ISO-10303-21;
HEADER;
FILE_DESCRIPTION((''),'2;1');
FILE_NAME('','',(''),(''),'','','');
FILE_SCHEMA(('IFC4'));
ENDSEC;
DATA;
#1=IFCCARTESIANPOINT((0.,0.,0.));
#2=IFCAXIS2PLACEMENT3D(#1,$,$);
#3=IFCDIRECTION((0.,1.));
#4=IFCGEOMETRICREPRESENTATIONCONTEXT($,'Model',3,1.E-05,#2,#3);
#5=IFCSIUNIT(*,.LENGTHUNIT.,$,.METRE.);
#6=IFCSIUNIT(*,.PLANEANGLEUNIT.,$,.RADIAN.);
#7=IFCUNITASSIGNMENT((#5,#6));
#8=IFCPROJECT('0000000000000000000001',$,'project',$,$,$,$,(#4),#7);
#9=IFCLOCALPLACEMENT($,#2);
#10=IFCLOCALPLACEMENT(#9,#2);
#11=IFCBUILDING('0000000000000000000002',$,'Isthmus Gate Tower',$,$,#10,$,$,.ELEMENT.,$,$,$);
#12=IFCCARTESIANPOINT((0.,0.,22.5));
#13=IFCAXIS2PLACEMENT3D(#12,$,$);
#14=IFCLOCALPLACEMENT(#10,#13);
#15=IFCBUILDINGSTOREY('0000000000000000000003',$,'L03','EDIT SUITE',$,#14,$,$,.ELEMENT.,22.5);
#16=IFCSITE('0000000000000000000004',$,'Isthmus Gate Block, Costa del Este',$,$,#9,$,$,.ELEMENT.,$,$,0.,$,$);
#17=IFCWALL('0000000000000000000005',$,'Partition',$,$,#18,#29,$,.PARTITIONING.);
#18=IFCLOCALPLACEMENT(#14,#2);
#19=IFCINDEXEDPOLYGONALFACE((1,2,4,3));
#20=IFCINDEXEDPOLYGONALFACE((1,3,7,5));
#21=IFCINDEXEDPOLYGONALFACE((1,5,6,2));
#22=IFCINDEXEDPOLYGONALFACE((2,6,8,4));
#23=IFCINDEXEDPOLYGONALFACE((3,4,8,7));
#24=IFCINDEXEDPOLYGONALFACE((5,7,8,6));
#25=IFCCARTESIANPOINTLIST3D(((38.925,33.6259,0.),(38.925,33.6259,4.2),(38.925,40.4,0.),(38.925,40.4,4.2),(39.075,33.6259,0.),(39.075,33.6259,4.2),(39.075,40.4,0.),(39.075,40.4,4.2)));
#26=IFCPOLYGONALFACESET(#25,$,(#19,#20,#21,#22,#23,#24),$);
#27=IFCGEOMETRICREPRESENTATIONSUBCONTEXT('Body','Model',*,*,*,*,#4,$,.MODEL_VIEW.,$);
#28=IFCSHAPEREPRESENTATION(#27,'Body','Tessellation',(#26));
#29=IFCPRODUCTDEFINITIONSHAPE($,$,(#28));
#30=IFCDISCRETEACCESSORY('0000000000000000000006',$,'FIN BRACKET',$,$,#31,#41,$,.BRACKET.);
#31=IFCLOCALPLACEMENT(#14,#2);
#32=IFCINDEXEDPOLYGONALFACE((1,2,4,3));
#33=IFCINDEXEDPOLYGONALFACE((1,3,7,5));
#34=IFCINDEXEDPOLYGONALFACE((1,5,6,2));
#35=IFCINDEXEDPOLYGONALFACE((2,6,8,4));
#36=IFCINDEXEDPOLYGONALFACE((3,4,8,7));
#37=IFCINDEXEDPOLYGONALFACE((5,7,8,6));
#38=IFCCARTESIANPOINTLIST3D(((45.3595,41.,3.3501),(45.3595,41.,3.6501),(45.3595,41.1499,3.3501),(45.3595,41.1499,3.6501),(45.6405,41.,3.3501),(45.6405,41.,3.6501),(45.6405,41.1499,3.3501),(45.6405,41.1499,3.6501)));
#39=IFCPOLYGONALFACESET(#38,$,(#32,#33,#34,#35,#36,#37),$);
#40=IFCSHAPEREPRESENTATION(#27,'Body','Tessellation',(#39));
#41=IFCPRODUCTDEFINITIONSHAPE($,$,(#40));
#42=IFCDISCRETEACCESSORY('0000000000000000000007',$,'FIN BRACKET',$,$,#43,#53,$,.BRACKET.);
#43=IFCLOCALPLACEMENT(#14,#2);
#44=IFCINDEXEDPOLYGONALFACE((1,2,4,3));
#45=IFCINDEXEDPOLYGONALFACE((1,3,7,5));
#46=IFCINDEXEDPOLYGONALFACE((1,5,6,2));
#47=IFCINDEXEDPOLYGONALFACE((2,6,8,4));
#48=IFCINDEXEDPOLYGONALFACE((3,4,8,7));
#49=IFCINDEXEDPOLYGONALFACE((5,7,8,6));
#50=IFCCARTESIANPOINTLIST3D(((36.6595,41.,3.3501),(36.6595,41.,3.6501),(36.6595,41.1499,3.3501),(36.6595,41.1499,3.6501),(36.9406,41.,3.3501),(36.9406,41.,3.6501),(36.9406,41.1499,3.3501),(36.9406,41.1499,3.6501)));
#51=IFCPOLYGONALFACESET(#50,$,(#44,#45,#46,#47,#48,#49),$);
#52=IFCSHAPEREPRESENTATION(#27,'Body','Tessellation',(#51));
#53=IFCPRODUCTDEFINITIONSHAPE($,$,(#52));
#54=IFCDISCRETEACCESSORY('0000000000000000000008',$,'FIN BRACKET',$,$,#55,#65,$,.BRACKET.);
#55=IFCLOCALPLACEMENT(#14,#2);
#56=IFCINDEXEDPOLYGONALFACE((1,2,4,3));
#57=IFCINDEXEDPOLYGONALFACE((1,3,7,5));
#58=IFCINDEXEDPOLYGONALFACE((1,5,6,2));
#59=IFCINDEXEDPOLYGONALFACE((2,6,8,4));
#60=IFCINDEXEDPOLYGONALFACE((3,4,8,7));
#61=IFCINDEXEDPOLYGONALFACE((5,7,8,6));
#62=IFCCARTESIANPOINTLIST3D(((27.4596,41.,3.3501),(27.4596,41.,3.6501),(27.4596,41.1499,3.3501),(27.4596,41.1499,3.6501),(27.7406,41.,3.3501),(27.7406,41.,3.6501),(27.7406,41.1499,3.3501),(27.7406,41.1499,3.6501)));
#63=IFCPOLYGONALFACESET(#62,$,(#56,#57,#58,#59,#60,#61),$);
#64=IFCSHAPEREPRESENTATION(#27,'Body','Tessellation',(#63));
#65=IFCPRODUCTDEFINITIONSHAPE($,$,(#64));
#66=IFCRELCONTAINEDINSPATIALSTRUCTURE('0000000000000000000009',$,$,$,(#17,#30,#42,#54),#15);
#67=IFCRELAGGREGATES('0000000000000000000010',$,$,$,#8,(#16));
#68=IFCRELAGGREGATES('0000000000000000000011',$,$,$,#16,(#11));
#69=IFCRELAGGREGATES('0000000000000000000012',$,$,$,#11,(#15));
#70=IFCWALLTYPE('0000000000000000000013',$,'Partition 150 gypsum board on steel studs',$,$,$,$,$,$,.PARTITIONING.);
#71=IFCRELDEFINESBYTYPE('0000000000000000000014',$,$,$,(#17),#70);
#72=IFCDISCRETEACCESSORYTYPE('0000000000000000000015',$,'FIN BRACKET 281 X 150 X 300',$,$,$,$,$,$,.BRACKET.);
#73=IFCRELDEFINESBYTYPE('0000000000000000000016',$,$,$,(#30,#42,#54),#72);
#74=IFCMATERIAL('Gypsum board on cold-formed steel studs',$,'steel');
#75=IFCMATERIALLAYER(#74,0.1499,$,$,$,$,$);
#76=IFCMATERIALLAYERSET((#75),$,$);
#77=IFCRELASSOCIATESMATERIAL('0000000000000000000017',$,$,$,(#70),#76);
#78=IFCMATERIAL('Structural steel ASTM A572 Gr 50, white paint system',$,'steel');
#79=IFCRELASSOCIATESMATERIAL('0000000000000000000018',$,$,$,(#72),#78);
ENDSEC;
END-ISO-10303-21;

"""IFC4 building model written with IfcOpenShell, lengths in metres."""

from ifc_helpers import new_model, si_unit, direction, frame, frame_2d, origin, origin_2d, place, context, subcontext, project, spatial, rectangle, extrude, material, layer, layer_set, type_object, element, save


model = new_model("IFC4")

# Units and contexts
model_context = context("Model", 3, precision=1e-05, world=origin(), true_north=direction((0.0, 1.0)))
body_context = subcontext(model_context, "Body", "Model", "MODEL_VIEW")
ifc_project = project(units=[si_unit("LENGTHUNIT", "METRE"), si_unit("PLANEANGLEUNIT", "RADIAN")], contexts=[model_context])

# Site, building, storey
site_placement = place(None, origin())
site = spatial("IfcSite", under=ifc_project, at=site_placement, Name="Isthmus Gate Block, Costa del Este", CompositionType="ELEMENT", RefElevation=0.0)
building_placement = place(site_placement, origin())
building = spatial("IfcBuilding", under=site, at=building_placement, Name="Isthmus Gate Tower", CompositionType="ELEMENT")
storey_placement = place(building_placement, frame((0.0, 0.0, 22.5)))
storey = spatial("IfcBuildingStorey", under=building, at=storey_placement, Name="L03", Description="EDIT SUITE", CompositionType="ELEMENT", Elevation=22.5)

# Wall
ifc_material_1 = material(Name="Gypsum board on cold-formed steel studs", Category="steel")
ifc_layer_1 = layer(ifc_material_1, 0.1499)
ifc_layer_set_1 = layer_set([ifc_layer_1])
wall_type_1 = type_object("IfcWallType", Name="Partition 150 gypsum board on steel studs", PredefinedType="PARTITIONING", material=ifc_layer_set_1)
wall_1_placement = place(storey_placement, frame((39.0, 33.6257, 0.0), z_axis=(0.0, 0.0, 1.0), x_axis=(0.0, 1.0, 0.0)))
element("IfcWall", 1, at=wall_1_placement, inside=storey, type_object=wall_type_1, Name="Partition", PredefinedType="PARTITIONING", context=body_context, shape_type="SweptSolid", body=[
    extrude(rectangle(XDim=6.7742, YDim=0.1499, at=frame_2d((3.3872, 0.0))), origin(), (0.0, 0.0, 1.0), 4.2),
])

# Discrete accessories
ifc_material_2 = material(Name="Structural steel ASTM A572 Gr 50, white paint system", Category="steel")
discrete_accessory_type = type_object("IfcDiscreteAccessoryType", Name="FIN BRACKET 281 X 150 X 300", PredefinedType="BRACKET", material=ifc_material_2)
for number, where, z_axis, x_axis, name in (
    (2, (45.5, 41.075, 3.3501), (0.0, 0.0, 1.0), (0.0, 1.0, 0.0), "FIN BRACKET"),
    (3, (36.8, 41.075, 3.3501), (0.0, 0.0, 1.0), (0.0, 1.0, 0.0), "FIN BRACKET"),
    (4, (27.6001, 41.075, 3.3501), (0.0, 0.0, 1.0), (0.0, 1.0, 0.0), "FIN BRACKET"),
):
    element("IfcDiscreteAccessory", number, at=place(storey_placement, frame(where, z_axis=z_axis, x_axis=x_axis)), inside=storey, type_object=discrete_accessory_type, Name=name, PredefinedType="BRACKET", context=body_context, shape_type="SweptSolid", body=[
        extrude(rectangle(XDim=0.1499, YDim=0.281, at=origin_2d()), origin(), (0.0, 0.0, 1.0), 0.3),
    ])

save(model, "model.ifc")
